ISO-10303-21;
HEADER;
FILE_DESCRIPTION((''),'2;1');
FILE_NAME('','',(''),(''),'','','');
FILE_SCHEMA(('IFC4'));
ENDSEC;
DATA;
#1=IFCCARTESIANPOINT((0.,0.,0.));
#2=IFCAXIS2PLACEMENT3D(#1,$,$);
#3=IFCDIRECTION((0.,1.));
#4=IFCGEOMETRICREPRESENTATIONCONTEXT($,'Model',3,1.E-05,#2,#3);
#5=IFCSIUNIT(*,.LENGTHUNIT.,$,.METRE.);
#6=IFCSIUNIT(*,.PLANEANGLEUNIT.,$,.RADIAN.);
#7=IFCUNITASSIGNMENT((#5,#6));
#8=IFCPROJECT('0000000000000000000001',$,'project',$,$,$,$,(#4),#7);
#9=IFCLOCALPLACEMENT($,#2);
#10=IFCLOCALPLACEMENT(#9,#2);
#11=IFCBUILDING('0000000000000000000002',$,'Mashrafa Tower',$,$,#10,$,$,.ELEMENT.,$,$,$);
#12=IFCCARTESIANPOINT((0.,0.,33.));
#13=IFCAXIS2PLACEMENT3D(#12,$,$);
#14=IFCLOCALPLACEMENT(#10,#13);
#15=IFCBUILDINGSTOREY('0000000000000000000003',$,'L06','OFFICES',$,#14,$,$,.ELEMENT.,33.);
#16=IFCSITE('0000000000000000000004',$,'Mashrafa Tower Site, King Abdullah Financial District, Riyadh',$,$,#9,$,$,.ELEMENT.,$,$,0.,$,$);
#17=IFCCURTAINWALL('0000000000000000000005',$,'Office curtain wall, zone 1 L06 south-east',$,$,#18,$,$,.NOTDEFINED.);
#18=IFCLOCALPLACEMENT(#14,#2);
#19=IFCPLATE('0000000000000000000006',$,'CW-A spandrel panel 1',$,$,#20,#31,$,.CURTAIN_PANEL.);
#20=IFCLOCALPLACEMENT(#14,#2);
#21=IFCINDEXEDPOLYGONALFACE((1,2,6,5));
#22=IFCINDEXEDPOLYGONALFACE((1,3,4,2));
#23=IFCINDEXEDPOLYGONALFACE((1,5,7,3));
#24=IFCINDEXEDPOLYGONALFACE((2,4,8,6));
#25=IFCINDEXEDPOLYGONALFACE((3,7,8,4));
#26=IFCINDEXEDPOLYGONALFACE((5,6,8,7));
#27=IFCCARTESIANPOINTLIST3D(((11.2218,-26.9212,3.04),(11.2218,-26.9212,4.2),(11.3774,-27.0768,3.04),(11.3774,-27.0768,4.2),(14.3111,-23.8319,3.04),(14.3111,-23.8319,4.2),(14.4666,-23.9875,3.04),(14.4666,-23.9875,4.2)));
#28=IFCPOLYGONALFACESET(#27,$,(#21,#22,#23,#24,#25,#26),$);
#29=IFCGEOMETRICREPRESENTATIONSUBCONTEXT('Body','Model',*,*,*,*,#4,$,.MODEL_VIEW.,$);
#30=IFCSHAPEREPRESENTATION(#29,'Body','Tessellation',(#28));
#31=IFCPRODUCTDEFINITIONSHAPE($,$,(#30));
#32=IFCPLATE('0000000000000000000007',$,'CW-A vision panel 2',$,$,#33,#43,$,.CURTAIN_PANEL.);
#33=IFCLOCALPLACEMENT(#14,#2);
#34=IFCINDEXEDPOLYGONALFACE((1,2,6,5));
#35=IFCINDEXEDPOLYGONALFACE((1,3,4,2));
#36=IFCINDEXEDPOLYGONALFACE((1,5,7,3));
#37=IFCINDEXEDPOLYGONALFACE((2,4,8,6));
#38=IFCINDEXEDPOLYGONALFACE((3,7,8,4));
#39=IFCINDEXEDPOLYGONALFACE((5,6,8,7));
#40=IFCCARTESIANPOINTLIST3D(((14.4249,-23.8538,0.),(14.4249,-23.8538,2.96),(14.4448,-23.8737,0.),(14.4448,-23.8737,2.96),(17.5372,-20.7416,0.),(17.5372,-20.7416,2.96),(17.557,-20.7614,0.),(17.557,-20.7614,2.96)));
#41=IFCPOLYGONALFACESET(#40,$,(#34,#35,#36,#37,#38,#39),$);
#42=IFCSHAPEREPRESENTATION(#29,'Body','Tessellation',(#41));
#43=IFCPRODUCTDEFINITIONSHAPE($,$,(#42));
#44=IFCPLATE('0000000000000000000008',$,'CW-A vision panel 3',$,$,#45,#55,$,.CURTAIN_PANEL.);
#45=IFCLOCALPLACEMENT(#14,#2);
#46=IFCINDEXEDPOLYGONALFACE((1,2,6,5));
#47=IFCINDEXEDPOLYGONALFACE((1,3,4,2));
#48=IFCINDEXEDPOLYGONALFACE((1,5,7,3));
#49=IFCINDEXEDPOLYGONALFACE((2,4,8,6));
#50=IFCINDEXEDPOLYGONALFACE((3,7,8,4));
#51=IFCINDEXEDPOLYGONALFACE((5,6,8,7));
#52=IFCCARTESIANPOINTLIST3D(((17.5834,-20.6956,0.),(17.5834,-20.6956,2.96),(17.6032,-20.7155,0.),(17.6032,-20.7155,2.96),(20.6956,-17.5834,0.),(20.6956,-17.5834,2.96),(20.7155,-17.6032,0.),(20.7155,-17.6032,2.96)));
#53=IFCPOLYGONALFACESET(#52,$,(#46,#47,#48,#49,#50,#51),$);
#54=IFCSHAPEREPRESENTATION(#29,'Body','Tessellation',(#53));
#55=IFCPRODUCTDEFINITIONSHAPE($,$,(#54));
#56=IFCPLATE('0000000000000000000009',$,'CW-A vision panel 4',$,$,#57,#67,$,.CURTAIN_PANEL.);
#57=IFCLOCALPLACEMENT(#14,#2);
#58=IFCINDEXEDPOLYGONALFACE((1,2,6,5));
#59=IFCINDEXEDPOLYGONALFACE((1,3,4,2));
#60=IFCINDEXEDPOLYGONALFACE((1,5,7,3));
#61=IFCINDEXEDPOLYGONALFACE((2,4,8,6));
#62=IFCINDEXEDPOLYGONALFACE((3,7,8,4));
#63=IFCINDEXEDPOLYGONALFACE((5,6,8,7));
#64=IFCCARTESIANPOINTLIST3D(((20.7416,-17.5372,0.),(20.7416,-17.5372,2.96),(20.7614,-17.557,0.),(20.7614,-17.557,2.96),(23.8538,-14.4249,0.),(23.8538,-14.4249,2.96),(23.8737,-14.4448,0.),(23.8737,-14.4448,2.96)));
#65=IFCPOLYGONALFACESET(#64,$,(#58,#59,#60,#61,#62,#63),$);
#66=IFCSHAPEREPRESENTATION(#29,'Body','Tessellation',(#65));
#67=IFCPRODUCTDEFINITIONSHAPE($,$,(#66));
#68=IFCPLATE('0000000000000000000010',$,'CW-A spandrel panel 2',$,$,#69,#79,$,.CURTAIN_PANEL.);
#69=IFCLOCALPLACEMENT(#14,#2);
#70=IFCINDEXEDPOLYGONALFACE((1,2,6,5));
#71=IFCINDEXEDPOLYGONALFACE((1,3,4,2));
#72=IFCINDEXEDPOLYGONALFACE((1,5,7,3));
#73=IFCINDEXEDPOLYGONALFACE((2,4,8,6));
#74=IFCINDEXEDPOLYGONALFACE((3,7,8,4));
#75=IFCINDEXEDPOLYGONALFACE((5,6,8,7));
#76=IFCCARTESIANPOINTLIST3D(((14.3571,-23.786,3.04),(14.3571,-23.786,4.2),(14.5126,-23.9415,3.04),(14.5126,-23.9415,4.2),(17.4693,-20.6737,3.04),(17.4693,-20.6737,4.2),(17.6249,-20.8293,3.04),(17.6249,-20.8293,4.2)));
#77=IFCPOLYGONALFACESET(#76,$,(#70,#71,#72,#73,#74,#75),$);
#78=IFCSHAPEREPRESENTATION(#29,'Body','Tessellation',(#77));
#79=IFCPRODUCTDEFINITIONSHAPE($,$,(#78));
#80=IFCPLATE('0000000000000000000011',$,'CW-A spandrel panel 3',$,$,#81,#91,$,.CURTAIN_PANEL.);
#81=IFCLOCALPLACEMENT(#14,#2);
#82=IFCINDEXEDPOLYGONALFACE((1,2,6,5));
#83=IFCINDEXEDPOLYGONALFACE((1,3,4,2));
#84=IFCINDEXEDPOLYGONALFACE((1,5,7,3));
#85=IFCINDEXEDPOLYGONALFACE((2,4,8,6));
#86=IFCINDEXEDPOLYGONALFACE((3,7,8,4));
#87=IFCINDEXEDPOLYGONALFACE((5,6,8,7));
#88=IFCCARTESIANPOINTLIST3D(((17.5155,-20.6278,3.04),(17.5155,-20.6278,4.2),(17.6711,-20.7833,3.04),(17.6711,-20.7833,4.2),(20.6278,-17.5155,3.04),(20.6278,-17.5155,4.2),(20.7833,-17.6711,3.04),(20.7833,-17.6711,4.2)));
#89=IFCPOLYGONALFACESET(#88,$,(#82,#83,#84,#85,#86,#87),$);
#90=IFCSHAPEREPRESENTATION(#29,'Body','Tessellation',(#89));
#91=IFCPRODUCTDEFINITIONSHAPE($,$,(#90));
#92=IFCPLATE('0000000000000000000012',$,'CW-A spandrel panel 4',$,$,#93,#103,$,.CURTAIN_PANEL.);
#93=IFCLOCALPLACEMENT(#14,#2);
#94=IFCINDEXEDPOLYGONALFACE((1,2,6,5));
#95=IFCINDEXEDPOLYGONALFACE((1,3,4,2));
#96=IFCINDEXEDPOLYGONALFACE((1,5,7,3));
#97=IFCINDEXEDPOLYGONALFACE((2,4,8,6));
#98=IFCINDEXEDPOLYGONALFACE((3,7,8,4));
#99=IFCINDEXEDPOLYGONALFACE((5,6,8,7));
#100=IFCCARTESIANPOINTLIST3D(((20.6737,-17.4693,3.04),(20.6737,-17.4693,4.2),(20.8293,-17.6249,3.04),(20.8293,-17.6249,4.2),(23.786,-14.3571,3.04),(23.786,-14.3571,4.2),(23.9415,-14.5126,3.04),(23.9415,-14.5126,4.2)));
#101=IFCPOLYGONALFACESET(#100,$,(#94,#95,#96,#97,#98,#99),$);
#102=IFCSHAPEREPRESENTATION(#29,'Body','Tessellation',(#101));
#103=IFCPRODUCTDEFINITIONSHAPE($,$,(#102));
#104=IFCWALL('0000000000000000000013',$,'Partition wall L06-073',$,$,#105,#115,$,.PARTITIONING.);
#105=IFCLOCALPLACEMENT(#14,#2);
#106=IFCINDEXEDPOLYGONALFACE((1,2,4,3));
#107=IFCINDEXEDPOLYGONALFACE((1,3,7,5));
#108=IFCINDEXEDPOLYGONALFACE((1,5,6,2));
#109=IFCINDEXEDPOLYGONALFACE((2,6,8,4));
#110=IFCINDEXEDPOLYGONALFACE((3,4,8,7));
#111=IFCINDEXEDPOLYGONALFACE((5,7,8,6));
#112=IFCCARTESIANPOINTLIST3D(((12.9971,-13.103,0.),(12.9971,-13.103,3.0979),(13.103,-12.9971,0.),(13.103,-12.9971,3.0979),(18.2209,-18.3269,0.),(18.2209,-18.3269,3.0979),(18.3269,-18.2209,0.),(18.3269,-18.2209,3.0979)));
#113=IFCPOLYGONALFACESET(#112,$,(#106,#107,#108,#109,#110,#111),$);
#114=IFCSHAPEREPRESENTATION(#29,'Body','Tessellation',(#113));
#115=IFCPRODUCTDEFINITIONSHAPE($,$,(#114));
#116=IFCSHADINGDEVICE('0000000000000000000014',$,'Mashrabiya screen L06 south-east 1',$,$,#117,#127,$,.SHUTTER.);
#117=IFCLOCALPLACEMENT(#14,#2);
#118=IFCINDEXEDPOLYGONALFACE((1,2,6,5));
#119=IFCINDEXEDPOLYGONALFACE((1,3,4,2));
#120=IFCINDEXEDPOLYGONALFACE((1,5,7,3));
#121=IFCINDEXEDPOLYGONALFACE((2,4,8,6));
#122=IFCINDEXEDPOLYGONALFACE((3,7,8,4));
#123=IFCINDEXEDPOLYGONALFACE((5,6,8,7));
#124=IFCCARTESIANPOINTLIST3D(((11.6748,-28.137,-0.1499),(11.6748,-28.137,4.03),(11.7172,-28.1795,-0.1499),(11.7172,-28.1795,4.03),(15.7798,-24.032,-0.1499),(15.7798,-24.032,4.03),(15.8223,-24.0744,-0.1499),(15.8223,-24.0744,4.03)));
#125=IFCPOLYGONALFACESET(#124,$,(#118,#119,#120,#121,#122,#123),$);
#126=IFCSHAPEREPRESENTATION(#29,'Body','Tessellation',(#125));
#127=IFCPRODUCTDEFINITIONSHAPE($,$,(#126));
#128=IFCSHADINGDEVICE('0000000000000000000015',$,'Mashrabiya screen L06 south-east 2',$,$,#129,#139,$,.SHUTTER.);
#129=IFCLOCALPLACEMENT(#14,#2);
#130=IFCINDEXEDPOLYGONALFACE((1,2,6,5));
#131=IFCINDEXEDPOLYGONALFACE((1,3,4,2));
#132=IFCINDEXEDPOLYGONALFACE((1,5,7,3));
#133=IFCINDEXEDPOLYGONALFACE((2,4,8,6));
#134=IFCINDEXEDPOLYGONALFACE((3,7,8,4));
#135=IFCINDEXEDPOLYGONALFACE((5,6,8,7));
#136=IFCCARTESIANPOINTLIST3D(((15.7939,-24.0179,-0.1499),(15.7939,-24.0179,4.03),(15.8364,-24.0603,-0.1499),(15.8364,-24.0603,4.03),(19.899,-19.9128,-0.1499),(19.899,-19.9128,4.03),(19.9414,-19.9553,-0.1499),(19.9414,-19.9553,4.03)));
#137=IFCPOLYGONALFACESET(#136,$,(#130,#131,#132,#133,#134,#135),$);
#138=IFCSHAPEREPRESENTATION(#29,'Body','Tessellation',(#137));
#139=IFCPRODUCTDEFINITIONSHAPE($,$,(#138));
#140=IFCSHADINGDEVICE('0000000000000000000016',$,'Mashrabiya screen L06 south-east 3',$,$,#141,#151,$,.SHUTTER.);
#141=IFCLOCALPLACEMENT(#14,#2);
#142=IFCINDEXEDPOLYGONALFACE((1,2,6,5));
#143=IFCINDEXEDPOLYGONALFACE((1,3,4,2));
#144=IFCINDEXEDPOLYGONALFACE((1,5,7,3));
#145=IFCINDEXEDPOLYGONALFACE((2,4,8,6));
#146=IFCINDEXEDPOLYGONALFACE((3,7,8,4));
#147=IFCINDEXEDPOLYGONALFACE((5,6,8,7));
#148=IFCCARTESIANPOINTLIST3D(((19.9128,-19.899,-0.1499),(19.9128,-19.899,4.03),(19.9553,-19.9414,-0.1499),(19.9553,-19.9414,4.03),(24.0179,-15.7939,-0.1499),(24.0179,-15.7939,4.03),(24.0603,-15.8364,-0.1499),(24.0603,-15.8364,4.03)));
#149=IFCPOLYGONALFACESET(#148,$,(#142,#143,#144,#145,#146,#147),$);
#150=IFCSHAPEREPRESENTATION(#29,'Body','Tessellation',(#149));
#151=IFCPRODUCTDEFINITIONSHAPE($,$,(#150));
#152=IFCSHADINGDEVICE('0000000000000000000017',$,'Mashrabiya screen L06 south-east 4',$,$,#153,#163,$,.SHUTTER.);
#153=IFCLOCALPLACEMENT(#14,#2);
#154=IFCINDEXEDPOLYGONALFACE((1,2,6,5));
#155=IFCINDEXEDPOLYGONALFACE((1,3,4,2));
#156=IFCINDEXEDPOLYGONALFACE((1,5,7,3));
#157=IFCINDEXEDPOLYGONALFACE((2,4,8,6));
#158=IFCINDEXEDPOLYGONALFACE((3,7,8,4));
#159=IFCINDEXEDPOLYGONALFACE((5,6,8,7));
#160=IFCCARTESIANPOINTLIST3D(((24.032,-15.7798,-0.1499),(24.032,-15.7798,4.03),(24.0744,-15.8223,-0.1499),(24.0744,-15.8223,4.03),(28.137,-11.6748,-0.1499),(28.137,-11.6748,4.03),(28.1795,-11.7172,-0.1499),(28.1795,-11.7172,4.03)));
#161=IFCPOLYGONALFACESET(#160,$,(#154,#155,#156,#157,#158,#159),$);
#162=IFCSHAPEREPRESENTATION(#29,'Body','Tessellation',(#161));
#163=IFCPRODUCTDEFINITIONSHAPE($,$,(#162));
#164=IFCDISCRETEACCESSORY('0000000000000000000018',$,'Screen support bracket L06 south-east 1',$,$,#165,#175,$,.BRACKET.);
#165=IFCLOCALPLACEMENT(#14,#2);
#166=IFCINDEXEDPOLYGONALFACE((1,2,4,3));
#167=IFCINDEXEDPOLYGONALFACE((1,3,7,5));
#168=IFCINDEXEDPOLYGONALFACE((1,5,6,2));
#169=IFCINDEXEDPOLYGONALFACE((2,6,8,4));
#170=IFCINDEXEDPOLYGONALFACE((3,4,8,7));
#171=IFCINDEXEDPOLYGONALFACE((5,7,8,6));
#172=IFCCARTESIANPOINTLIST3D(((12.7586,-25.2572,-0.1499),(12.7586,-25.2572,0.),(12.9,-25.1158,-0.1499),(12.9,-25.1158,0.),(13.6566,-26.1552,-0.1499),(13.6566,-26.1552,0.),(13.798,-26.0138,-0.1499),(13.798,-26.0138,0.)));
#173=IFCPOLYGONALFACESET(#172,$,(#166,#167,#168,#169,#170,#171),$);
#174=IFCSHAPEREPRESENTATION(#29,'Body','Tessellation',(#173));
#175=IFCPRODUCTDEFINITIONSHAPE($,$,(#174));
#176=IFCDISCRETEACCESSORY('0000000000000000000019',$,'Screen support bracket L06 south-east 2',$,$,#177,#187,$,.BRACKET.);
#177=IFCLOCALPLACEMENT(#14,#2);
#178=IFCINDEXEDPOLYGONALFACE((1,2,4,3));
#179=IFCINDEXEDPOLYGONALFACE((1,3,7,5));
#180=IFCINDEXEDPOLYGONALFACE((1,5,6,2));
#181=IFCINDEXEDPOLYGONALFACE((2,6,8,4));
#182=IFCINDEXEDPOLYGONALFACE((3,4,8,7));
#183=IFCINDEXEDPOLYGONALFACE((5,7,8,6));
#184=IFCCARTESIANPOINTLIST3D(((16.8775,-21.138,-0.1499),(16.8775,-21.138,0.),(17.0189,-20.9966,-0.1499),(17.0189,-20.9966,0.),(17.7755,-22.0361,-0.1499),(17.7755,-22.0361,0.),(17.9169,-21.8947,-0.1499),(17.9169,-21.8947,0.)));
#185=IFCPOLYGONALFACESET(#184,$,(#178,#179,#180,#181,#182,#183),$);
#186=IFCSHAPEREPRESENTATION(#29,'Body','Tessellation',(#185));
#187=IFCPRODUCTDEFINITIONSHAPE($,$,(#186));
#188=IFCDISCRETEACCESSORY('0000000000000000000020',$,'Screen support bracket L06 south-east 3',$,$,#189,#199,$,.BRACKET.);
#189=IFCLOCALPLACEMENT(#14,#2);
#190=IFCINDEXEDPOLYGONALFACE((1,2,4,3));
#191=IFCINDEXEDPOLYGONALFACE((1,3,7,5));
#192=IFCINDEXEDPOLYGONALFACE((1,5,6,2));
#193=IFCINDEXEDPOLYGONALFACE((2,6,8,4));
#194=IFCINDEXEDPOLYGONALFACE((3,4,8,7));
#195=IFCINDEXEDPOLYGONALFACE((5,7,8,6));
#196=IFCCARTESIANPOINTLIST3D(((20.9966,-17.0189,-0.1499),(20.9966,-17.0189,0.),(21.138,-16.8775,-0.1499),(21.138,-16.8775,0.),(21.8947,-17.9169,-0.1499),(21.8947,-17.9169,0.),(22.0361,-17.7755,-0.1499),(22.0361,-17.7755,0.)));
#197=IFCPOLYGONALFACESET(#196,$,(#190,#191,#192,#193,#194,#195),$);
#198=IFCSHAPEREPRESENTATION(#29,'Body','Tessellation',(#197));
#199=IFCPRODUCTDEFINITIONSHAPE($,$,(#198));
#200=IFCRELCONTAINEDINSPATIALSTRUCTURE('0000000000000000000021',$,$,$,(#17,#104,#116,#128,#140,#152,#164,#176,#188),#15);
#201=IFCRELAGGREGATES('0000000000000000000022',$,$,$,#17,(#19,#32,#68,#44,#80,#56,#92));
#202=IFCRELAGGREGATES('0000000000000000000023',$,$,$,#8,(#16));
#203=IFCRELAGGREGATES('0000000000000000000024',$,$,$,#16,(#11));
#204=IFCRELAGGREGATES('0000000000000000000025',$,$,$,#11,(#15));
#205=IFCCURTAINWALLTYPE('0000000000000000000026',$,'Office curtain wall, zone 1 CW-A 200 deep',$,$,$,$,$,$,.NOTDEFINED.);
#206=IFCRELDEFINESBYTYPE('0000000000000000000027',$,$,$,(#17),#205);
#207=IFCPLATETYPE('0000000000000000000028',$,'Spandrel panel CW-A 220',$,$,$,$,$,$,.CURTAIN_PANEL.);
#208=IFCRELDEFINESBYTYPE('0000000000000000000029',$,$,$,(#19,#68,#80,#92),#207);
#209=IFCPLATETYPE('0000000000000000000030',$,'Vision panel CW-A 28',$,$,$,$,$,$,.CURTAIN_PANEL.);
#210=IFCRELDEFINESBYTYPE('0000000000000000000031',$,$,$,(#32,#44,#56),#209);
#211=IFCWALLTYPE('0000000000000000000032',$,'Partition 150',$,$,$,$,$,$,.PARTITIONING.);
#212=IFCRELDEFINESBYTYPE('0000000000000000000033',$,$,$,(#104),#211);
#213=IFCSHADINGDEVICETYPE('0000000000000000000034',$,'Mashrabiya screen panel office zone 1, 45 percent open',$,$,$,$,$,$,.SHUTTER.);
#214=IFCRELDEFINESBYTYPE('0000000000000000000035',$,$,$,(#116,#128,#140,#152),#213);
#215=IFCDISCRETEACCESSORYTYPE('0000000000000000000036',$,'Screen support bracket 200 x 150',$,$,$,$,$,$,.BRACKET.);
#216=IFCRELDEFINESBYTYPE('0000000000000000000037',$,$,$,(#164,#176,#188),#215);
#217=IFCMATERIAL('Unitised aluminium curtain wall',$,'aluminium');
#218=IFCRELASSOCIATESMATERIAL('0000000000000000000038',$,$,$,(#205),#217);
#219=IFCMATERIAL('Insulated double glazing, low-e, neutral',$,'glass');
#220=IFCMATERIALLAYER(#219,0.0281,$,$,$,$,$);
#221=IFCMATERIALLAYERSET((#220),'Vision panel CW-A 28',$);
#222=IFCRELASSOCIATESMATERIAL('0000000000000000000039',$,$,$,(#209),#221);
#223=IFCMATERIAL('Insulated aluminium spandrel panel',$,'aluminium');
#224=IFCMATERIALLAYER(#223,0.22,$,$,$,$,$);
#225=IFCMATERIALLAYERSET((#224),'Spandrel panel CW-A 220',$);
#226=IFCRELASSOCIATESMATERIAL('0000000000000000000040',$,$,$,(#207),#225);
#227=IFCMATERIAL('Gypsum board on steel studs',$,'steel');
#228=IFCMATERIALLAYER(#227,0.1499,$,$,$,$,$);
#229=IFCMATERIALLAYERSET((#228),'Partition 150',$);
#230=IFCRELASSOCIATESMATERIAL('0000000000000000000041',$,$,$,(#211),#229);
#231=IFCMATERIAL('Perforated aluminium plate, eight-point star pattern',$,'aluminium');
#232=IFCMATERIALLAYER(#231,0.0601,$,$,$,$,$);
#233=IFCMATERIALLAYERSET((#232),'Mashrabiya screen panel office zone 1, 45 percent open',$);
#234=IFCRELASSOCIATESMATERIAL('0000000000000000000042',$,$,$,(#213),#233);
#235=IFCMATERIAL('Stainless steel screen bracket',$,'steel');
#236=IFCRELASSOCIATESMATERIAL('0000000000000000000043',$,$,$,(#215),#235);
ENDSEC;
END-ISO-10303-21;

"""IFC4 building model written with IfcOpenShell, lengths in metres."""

from ifc_helpers import new_model, si_unit, direction, frame, frame_2d, origin, origin_2d, place, context, subcontext, project, spatial, rectangle, extrude, source, transform, mapped, material, layer, layer_set, type_object, type_shapes, element, aggregate, save


model = new_model("IFC4")

# Units and contexts
model_context = context("Model", 3, precision=1e-05, world=origin(), true_north=direction((0.0, 1.0)))
body_context = subcontext(model_context, "Body", "Model", "MODEL_VIEW")
ifc_project = project(units=[si_unit("LENGTHUNIT", "METRE"), si_unit("PLANEANGLEUNIT", "RADIAN")], contexts=[model_context])

# Site, building, storey
site_placement = place(None, origin())
site = spatial("IfcSite", under=ifc_project, at=site_placement, Name="Mashrafa Tower Site, King Abdullah Financial District, Riyadh", CompositionType="ELEMENT", RefElevation=0.0)
building_placement = place(site_placement, origin())
building = spatial("IfcBuilding", under=site, at=building_placement, Name="Mashrafa Tower", CompositionType="ELEMENT")
storey_placement = place(building_placement, frame((0.0, 0.0, 33.0)))
storey = spatial("IfcBuildingStorey", under=building, at=storey_placement, Name="L06", Description="OFFICES", CompositionType="ELEMENT", Elevation=33.0)

# Curtain wall, plates
ifc_material_1 = material(Name="Unitised aluminium curtain wall", Category="aluminium")
curtain_wall_type = type_object("IfcCurtainWallType", Name="Office curtain wall, zone 1 CW-A 200 deep", PredefinedType="NOTDEFINED", material=ifc_material_1)
curtain_wall_placement = place(storey_placement, origin())
curtain_wall = element("IfcCurtainWall", 1, at=curtain_wall_placement, inside=storey, type_object=curtain_wall_type, Name="Office curtain wall, zone 1 L06 south-east", PredefinedType="NOTDEFINED")
ifc_material_2 = material(Name="Insulated double glazing, low-e, neutral", Category="glass")
ifc_layer_1 = layer(ifc_material_2, 0.0281)
ifc_layer_set_1 = layer_set([ifc_layer_1], Name="Vision panel CW-A 28")
plate_type_1 = type_object("IfcPlateType", Name="Vision panel CW-A 28", PredefinedType="CURTAIN_PANEL", material=ifc_layer_set_1)
ifc_material_3 = material(Name="Insulated aluminium spandrel panel", Category="aluminium")
ifc_layer_2 = layer(ifc_material_3, 0.22)
ifc_layer_set_2 = layer_set([ifc_layer_2], Name="Spandrel panel CW-A 220")
plate_type_2 = type_object("IfcPlateType", Name="Spandrel panel CW-A 220", PredefinedType="CURTAIN_PANEL", material=ifc_layer_set_2)
shared_shape_1 = source(origin(), body_context, "Body", "SweptSolid", [
    extrude(rectangle(XDim=4.3689, YDim=0.22, at=origin_2d()), origin(), (0.0, 0.0, 1.0), 1.1599),
])
plate_1_placement = place(storey_placement, frame((12.8442, -25.4543, 3.04), z_axis=(0.0, 0.0, 1.0), x_axis=(0.707107, 0.707107, 0.0)))
plate_1 = element("IfcPlate", 2, at=plate_1_placement, type_object=plate_type_2, Name="CW-A spandrel panel 1", PredefinedType="CURTAIN_PANEL", context=body_context, shape_type="MappedRepresentation", body=[
    mapped(shared_shape_1, transform((0.0, 0.0, 0.0))),
])
shared_shape_2 = source(origin(), body_context, "Body", "SweptSolid", [
    extrude(rectangle(XDim=4.4014, YDim=0.0281, at=origin_2d()), origin(), (0.0, 0.0, 1.0), 2.96),
])
plate_2_placement = place(storey_placement, frame((15.991, -22.3076, 0.0), z_axis=(0.0, 0.0, 1.0), x_axis=(0.707107, 0.707107, 0.0)))
plate_2 = element("IfcPlate", 3, at=plate_2_placement, type_object=plate_type_1, Name="CW-A vision panel 2", PredefinedType="CURTAIN_PANEL", context=body_context, shape_type="MappedRepresentation", body=[
    mapped(shared_shape_2, transform((0.0, 0.0, 0.0))),
])
plate_3_placement = place(storey_placement, frame((19.1494, -19.1494, 0.0), z_axis=(0.0, 0.0, 1.0), x_axis=(0.707107, 0.707107, 0.0)))
plate_3 = element("IfcPlate", 4, at=plate_3_placement, type_object=plate_type_1, Name="CW-A vision panel 3", PredefinedType="CURTAIN_PANEL", context=body_context, shape_type="MappedRepresentation", body=[
    mapped(shared_shape_2, transform((0.0, 0.0, 0.0))),
])
plate_4_placement = place(storey_placement, frame((22.3076, -15.991, 0.0), z_axis=(0.0, 0.0, 1.0), x_axis=(0.707107, 0.707107, 0.0)))
plate_4 = element("IfcPlate", 5, at=plate_4_placement, type_object=plate_type_1, Name="CW-A vision panel 4", PredefinedType="CURTAIN_PANEL", context=body_context, shape_type="MappedRepresentation", body=[
    mapped(shared_shape_2, transform((0.0, 0.0, 0.0))),
])
shared_shape_3 = source(origin(), body_context, "Body", "SweptSolid", [
    extrude(rectangle(XDim=4.4014, YDim=0.22, at=origin_2d()), origin(), (0.0, 0.0, 1.0), 1.1599),
])
type_shapes(plate_type_2, [shared_shape_1, shared_shape_3])
plate_5_placement = place(storey_placement, frame((15.991, -22.3076, 3.04), z_axis=(0.0, 0.0, 1.0), x_axis=(0.707107, 0.707107, 0.0)))
plate_5 = element("IfcPlate", 6, at=plate_5_placement, type_object=plate_type_2, Name="CW-A spandrel panel 2", PredefinedType="CURTAIN_PANEL", context=body_context, shape_type="MappedRepresentation", body=[
    mapped(shared_shape_3, transform((0.0, 0.0, 0.0))),
])
plate_6_placement = place(storey_placement, frame((19.1494, -19.1494, 3.04), z_axis=(0.0, 0.0, 1.0), x_axis=(0.707107, 0.707107, 0.0)))
plate_6 = element("IfcPlate", 7, at=plate_6_placement, type_object=plate_type_2, Name="CW-A spandrel panel 3", PredefinedType="CURTAIN_PANEL", context=body_context, shape_type="MappedRepresentation", body=[
    mapped(shared_shape_3, transform((0.0, 0.0, 0.0))),
])
plate_7_placement = place(storey_placement, frame((22.3076, -15.991, 3.04), z_axis=(0.0, 0.0, 1.0), x_axis=(0.707107, 0.707107, 0.0)))
plate_7 = element("IfcPlate", 8, at=plate_7_placement, type_object=plate_type_2, Name="CW-A spandrel panel 4", PredefinedType="CURTAIN_PANEL", context=body_context, shape_type="MappedRepresentation", body=[
    mapped(shared_shape_3, transform((0.0, 0.0, 0.0))),
])
aggregate(curtain_wall, [plate_1, plate_2, plate_5, plate_3, plate_6, plate_4, plate_7])

# Wall
ifc_material_4 = material(Name="Gypsum board on steel studs", Category="steel")
ifc_layer_3 = layer(ifc_material_4, 0.1499)
ifc_layer_set_3 = layer_set([ifc_layer_3], Name="Partition 150")
wall_type_1 = type_object("IfcWallType", Name="Partition 150", PredefinedType="PARTITIONING", material=ifc_layer_set_3)
wall_1_placement = place(storey_placement, frame((13.05, -13.05, 0.0), z_axis=(0.0, 0.0, 1.0), x_axis=(0.707107, -0.707107, 0.0)))
element("IfcWall", 9, at=wall_1_placement, inside=storey, type_object=wall_type_1, Name="Partition wall L06-073", PredefinedType="PARTITIONING", context=body_context, shape_type="SweptSolid", body=[
    extrude(rectangle(XDim=7.3877, YDim=0.1499, at=frame_2d((3.6938, 0.0))), origin(), (0.0, 0.0, 1.0), 3.0979),
])

# Shading devices
ifc_material_5 = material(Name="Perforated aluminium plate, eight-point star pattern", Category="aluminium")
ifc_layer_4 = layer(ifc_material_5, 0.0601)
ifc_layer_set_4 = layer_set([ifc_layer_4], Name="Mashrabiya screen panel office zone 1, 45 percent open")
shading_device_type = type_object("IfcShadingDeviceType", Name="Mashrabiya screen panel office zone 1, 45 percent open", PredefinedType="SHUTTER", material=ifc_layer_set_4)
shared_shape_4 = source(origin(), body_context, "Body", "SweptSolid", [
    extrude(rectangle(XDim=5.8054, YDim=0.0601, at=origin_2d()), origin(), (0.0, 0.0, 1.0), 4.1799),
])
type_shapes(shading_device_type, [shared_shape_4])
for number, where, z_axis, x_axis, name in (
    (10, (13.7485, -26.1057, -0.1499), (0.0, 0.0, 1.0), (0.707107, 0.707107, 0.0), "Mashrabiya screen L06 south-east 1"),
    (11, (17.8677, -21.9866, -0.1499), (0.0, 0.0, 1.0), (0.707107, 0.707107, 0.0), "Mashrabiya screen L06 south-east 2"),
    (12, (21.9866, -17.8677, -0.1499), (0.0, 0.0, 1.0), (0.707107, 0.707107, 0.0), "Mashrabiya screen L06 south-east 3"),
    (13, (26.1057, -13.7485, -0.1499), (0.0, 0.0, 1.0), (0.707107, 0.707107, 0.0), "Mashrabiya screen L06 south-east 4"),
):
    element("IfcShadingDevice", number, at=place(storey_placement, frame(where, z_axis=z_axis, x_axis=x_axis)), inside=storey, type_object=shading_device_type, Name=name, PredefinedType="SHUTTER", context=body_context, shape_type="MappedRepresentation", body=[
        mapped(shared_shape_4, transform((0.0, 0.0, 0.0))),
    ])

# Discrete accessories
ifc_material_6 = material(Name="Stainless steel screen bracket", Category="steel")
discrete_accessory_type = type_object("IfcDiscreteAccessoryType", Name="Screen support bracket 200 x 150", PredefinedType="BRACKET", material=ifc_material_6)
shared_shape_5 = source(origin(), body_context, "Body", "SweptSolid", [
    extrude(rectangle(XDim=0.2, YDim=1.27, at=origin_2d()), origin(), (0.0, 0.0, 1.0), 0.1499),
])
type_shapes(discrete_accessory_type, [shared_shape_5])
for number, where, z_axis, x_axis, name in (
    (14, (13.2783, -25.6355, -0.1499), (0.0, 0.0, 1.0), (0.707107, 0.707107, 0.0), "Screen support bracket L06 south-east 1"),
    (15, (17.3972, -21.5164, -0.1499), (0.0, 0.0, 1.0), (0.707107, 0.707107, 0.0), "Screen support bracket L06 south-east 2"),
    (16, (21.5164, -17.3972, -0.1499), (0.0, 0.0, 1.0), (0.707107, 0.707107, 0.0), "Screen support bracket L06 south-east 3"),
):
    element("IfcDiscreteAccessory", number, at=place(storey_placement, frame(where, z_axis=z_axis, x_axis=x_axis)), inside=storey, type_object=discrete_accessory_type, Name=name, PredefinedType="BRACKET", context=body_context, shape_type="MappedRepresentation", body=[
        mapped(shared_shape_5, transform((0.0, 0.0, 0.0))),
    ])

save(model, "model.ifc")
